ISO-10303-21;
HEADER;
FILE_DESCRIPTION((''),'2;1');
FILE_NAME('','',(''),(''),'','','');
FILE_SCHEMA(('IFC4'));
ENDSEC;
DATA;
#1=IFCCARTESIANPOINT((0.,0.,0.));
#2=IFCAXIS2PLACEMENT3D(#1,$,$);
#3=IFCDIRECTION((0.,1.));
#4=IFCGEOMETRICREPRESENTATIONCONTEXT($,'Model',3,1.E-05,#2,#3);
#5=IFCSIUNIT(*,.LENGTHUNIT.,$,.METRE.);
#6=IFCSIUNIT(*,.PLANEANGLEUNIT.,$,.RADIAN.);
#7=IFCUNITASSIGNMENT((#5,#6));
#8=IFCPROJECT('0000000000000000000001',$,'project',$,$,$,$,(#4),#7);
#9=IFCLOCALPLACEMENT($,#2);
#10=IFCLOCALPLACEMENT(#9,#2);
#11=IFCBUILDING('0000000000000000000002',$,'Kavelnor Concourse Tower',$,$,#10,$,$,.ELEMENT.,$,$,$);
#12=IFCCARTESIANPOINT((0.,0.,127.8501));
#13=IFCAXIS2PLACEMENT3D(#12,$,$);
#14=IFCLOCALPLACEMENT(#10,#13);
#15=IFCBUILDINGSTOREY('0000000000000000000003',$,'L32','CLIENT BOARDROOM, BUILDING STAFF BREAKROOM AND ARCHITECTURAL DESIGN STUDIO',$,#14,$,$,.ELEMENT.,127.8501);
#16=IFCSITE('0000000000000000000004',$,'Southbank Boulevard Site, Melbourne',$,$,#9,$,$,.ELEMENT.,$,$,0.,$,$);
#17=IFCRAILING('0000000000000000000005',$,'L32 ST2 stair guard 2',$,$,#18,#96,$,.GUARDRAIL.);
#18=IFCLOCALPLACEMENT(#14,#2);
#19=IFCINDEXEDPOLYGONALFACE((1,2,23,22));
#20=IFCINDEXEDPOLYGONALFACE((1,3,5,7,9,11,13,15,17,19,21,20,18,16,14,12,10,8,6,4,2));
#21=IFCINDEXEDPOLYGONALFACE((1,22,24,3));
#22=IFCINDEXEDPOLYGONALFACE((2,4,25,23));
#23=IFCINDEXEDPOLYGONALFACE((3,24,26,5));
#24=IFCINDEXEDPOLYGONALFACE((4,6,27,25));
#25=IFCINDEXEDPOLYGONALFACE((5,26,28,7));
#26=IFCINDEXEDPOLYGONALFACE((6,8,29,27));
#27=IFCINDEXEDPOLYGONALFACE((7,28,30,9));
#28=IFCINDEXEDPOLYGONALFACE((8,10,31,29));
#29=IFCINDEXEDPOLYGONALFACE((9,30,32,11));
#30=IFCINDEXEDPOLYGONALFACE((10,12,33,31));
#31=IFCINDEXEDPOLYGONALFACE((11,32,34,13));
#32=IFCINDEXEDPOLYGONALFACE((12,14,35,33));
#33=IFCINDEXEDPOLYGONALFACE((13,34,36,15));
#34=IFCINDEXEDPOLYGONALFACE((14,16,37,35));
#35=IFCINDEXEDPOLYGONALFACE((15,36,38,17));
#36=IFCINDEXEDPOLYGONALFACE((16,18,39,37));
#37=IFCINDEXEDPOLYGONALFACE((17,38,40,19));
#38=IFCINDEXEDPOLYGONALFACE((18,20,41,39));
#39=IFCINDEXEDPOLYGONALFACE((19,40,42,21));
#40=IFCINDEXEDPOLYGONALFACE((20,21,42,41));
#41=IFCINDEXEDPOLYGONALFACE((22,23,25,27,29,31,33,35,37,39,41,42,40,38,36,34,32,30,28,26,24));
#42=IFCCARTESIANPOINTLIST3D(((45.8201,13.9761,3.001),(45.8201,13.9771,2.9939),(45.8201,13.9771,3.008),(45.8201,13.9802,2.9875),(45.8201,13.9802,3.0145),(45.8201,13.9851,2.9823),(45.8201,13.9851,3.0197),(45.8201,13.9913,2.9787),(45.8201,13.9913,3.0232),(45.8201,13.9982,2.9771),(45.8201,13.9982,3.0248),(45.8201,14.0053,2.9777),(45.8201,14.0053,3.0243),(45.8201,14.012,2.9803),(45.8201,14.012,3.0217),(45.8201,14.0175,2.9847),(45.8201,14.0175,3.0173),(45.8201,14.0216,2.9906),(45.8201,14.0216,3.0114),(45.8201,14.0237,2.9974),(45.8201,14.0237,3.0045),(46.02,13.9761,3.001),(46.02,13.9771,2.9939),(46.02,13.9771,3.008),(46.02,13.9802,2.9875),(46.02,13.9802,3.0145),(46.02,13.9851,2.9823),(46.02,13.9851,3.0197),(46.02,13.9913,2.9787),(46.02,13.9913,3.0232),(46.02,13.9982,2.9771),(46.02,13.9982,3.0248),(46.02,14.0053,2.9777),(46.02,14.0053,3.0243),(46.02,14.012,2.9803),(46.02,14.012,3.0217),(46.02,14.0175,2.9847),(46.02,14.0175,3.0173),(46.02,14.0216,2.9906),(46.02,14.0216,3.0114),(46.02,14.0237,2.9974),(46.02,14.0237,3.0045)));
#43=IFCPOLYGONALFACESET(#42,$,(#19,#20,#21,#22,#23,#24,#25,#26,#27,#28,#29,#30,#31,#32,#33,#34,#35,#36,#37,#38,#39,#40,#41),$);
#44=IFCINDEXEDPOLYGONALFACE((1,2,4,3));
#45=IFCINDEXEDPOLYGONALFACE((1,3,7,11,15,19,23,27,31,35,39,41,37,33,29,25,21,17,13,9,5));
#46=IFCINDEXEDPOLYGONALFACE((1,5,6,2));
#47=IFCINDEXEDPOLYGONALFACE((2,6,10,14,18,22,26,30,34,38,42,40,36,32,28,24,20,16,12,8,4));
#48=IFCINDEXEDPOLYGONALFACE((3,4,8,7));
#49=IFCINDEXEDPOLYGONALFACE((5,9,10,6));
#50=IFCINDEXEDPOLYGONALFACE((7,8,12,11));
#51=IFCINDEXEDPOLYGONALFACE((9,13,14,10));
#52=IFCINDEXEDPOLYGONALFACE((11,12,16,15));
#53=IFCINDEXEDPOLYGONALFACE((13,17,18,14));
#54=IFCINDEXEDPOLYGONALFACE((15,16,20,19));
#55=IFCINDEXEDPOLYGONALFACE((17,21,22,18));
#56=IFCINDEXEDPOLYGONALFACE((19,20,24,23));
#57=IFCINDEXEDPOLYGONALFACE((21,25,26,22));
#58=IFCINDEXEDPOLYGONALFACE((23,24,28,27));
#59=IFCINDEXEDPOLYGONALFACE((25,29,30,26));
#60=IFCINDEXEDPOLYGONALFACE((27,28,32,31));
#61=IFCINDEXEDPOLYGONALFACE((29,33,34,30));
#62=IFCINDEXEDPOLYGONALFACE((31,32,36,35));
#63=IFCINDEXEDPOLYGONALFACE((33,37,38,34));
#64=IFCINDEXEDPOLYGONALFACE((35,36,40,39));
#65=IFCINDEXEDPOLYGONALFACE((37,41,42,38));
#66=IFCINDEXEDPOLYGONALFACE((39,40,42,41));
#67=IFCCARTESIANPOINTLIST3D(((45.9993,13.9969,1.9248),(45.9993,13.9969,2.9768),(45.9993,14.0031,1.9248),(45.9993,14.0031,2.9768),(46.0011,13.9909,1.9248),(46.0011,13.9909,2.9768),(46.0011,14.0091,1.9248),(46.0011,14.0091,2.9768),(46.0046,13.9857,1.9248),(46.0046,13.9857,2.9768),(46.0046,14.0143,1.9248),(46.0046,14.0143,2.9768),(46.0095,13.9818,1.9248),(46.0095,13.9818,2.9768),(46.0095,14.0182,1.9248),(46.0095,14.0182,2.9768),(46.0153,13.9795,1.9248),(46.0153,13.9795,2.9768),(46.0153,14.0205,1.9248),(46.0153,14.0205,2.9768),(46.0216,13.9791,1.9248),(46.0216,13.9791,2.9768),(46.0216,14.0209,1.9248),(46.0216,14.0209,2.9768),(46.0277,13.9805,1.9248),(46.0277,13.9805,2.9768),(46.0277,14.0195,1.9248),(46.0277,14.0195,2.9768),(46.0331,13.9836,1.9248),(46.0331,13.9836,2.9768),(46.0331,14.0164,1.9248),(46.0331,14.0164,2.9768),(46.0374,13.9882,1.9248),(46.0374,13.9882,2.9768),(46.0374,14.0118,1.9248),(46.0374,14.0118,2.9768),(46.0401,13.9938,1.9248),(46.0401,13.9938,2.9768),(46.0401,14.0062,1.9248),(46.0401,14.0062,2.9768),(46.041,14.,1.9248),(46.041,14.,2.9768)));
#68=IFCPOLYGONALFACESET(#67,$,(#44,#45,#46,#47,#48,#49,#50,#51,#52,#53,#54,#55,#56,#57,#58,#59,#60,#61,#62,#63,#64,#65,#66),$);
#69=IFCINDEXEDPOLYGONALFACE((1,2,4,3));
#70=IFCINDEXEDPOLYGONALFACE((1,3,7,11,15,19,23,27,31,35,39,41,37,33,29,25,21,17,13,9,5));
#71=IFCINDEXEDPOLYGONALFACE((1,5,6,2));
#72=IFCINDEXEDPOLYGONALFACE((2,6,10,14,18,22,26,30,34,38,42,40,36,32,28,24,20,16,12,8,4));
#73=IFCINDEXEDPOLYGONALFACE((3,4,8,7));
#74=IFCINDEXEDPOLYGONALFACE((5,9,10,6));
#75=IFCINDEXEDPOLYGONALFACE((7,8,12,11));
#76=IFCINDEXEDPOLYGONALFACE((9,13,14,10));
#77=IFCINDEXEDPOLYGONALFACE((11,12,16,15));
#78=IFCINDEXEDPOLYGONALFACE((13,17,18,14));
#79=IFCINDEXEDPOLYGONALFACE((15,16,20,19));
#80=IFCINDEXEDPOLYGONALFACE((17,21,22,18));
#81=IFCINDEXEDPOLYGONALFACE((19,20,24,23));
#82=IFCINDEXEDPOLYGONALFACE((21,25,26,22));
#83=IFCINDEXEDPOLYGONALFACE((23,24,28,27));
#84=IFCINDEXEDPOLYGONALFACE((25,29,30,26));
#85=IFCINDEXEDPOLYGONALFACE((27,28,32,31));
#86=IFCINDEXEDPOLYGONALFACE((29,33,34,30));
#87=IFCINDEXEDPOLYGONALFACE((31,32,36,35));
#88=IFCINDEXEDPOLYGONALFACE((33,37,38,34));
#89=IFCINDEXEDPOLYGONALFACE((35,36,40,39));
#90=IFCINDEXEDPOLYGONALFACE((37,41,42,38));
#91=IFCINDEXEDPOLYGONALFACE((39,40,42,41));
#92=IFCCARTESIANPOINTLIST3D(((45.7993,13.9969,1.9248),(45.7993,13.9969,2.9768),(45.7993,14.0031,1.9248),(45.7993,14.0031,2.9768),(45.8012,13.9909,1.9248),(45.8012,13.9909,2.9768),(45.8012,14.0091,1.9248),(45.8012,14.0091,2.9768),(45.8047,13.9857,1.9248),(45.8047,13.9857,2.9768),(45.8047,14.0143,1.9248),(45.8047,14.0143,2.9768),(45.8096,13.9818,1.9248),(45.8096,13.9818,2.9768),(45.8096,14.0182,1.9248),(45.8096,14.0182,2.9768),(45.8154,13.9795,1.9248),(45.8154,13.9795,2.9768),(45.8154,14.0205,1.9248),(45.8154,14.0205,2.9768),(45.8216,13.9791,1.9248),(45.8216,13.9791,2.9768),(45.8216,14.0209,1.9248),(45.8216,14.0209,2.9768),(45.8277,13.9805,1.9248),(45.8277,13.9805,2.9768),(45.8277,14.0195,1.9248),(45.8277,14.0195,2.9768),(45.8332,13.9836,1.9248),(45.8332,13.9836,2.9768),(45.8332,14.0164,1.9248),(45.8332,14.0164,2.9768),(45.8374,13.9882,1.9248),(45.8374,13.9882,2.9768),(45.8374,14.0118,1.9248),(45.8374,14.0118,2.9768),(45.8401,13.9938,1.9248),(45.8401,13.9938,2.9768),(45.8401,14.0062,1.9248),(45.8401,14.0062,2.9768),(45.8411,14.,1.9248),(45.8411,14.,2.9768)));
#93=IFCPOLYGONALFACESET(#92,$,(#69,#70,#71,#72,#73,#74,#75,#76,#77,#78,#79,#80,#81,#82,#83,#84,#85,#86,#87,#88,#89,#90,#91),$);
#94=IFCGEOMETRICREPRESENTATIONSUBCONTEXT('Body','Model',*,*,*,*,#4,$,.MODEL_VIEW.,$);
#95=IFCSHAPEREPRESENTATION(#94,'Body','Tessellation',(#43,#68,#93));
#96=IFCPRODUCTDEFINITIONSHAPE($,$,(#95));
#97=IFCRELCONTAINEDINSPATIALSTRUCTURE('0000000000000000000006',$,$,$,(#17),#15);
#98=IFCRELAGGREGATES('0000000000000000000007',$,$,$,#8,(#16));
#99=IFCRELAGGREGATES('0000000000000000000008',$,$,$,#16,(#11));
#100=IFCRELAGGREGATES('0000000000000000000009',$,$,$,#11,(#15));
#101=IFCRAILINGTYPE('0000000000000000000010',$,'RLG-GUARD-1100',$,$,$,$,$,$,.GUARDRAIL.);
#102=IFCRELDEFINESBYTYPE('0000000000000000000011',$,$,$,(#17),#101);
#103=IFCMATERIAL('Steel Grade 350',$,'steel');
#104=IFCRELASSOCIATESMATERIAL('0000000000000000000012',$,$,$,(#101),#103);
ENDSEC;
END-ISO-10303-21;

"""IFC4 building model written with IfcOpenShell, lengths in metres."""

from ifc_helpers import new_model, si_unit, direction, frame, origin, origin_2d, place, context, subcontext, project, spatial, circle, extrude, material, type_object, element, save


model = new_model("IFC4")

# Units and contexts
model_context = context("Model", 3, precision=1e-05, world=origin(), true_north=direction((0.0, 1.0)))
body_context = subcontext(model_context, "Body", "Model", "MODEL_VIEW")
ifc_project = project(units=[si_unit("LENGTHUNIT", "METRE"), si_unit("PLANEANGLEUNIT", "RADIAN")], contexts=[model_context])

# Site, building, storey
site_placement = place(None, origin())
site = spatial("IfcSite", under=ifc_project, at=site_placement, Name="Southbank Boulevard Site, Melbourne", CompositionType="ELEMENT", RefElevation=0.0)
building_placement = place(site_placement, origin())
building = spatial("IfcBuilding", under=site, at=building_placement, Name="Kavelnor Concourse Tower", CompositionType="ELEMENT")
storey_placement = place(building_placement, frame((0.0, 0.0, 127.8501)))
storey = spatial("IfcBuildingStorey", under=building, at=storey_placement, Name="L32", Description="CLIENT BOARDROOM, BUILDING STAFF BREAKROOM AND ARCHITECTURAL DESIGN STUDIO", CompositionType="ELEMENT", Elevation=127.8501)

# Shared definitions
ifc_material_1 = material(Name="Steel Grade 350", Category="steel")

# Railing
railing_type_1 = type_object("IfcRailingType", Name="RLG-GUARD-1100", PredefinedType="GUARDRAIL", material=ifc_material_1)
railing_1_placement = place(storey_placement, frame((46.02, 14.0, 1.9248)))
element("IfcRailing", 1, at=railing_1_placement, inside=storey, type_object=railing_type_1, Name="L32 ST2 stair guard 2", PredefinedType="GUARDRAIL", context=body_context, shape_type="SweptSolid", body=[
    extrude(circle(Radius=0.0239, at=origin_2d()), frame((0.0, 0.0, 1.0762), z_axis=(-1.0, 0.0, 0.0), x_axis=(0.0, -1.0, 0.0)), (0.0, 0.0, 1.0), 0.2),
    extrude(circle(Radius=0.021, at=origin_2d()), origin(), (0.0, 0.0, 1.0), 1.052),
    extrude(circle(Radius=0.021, at=origin_2d()), frame((-0.2, 0.0, 0.0)), (0.0, 0.0, 1.0), 1.052),
])

save(model, "model.ifc")
